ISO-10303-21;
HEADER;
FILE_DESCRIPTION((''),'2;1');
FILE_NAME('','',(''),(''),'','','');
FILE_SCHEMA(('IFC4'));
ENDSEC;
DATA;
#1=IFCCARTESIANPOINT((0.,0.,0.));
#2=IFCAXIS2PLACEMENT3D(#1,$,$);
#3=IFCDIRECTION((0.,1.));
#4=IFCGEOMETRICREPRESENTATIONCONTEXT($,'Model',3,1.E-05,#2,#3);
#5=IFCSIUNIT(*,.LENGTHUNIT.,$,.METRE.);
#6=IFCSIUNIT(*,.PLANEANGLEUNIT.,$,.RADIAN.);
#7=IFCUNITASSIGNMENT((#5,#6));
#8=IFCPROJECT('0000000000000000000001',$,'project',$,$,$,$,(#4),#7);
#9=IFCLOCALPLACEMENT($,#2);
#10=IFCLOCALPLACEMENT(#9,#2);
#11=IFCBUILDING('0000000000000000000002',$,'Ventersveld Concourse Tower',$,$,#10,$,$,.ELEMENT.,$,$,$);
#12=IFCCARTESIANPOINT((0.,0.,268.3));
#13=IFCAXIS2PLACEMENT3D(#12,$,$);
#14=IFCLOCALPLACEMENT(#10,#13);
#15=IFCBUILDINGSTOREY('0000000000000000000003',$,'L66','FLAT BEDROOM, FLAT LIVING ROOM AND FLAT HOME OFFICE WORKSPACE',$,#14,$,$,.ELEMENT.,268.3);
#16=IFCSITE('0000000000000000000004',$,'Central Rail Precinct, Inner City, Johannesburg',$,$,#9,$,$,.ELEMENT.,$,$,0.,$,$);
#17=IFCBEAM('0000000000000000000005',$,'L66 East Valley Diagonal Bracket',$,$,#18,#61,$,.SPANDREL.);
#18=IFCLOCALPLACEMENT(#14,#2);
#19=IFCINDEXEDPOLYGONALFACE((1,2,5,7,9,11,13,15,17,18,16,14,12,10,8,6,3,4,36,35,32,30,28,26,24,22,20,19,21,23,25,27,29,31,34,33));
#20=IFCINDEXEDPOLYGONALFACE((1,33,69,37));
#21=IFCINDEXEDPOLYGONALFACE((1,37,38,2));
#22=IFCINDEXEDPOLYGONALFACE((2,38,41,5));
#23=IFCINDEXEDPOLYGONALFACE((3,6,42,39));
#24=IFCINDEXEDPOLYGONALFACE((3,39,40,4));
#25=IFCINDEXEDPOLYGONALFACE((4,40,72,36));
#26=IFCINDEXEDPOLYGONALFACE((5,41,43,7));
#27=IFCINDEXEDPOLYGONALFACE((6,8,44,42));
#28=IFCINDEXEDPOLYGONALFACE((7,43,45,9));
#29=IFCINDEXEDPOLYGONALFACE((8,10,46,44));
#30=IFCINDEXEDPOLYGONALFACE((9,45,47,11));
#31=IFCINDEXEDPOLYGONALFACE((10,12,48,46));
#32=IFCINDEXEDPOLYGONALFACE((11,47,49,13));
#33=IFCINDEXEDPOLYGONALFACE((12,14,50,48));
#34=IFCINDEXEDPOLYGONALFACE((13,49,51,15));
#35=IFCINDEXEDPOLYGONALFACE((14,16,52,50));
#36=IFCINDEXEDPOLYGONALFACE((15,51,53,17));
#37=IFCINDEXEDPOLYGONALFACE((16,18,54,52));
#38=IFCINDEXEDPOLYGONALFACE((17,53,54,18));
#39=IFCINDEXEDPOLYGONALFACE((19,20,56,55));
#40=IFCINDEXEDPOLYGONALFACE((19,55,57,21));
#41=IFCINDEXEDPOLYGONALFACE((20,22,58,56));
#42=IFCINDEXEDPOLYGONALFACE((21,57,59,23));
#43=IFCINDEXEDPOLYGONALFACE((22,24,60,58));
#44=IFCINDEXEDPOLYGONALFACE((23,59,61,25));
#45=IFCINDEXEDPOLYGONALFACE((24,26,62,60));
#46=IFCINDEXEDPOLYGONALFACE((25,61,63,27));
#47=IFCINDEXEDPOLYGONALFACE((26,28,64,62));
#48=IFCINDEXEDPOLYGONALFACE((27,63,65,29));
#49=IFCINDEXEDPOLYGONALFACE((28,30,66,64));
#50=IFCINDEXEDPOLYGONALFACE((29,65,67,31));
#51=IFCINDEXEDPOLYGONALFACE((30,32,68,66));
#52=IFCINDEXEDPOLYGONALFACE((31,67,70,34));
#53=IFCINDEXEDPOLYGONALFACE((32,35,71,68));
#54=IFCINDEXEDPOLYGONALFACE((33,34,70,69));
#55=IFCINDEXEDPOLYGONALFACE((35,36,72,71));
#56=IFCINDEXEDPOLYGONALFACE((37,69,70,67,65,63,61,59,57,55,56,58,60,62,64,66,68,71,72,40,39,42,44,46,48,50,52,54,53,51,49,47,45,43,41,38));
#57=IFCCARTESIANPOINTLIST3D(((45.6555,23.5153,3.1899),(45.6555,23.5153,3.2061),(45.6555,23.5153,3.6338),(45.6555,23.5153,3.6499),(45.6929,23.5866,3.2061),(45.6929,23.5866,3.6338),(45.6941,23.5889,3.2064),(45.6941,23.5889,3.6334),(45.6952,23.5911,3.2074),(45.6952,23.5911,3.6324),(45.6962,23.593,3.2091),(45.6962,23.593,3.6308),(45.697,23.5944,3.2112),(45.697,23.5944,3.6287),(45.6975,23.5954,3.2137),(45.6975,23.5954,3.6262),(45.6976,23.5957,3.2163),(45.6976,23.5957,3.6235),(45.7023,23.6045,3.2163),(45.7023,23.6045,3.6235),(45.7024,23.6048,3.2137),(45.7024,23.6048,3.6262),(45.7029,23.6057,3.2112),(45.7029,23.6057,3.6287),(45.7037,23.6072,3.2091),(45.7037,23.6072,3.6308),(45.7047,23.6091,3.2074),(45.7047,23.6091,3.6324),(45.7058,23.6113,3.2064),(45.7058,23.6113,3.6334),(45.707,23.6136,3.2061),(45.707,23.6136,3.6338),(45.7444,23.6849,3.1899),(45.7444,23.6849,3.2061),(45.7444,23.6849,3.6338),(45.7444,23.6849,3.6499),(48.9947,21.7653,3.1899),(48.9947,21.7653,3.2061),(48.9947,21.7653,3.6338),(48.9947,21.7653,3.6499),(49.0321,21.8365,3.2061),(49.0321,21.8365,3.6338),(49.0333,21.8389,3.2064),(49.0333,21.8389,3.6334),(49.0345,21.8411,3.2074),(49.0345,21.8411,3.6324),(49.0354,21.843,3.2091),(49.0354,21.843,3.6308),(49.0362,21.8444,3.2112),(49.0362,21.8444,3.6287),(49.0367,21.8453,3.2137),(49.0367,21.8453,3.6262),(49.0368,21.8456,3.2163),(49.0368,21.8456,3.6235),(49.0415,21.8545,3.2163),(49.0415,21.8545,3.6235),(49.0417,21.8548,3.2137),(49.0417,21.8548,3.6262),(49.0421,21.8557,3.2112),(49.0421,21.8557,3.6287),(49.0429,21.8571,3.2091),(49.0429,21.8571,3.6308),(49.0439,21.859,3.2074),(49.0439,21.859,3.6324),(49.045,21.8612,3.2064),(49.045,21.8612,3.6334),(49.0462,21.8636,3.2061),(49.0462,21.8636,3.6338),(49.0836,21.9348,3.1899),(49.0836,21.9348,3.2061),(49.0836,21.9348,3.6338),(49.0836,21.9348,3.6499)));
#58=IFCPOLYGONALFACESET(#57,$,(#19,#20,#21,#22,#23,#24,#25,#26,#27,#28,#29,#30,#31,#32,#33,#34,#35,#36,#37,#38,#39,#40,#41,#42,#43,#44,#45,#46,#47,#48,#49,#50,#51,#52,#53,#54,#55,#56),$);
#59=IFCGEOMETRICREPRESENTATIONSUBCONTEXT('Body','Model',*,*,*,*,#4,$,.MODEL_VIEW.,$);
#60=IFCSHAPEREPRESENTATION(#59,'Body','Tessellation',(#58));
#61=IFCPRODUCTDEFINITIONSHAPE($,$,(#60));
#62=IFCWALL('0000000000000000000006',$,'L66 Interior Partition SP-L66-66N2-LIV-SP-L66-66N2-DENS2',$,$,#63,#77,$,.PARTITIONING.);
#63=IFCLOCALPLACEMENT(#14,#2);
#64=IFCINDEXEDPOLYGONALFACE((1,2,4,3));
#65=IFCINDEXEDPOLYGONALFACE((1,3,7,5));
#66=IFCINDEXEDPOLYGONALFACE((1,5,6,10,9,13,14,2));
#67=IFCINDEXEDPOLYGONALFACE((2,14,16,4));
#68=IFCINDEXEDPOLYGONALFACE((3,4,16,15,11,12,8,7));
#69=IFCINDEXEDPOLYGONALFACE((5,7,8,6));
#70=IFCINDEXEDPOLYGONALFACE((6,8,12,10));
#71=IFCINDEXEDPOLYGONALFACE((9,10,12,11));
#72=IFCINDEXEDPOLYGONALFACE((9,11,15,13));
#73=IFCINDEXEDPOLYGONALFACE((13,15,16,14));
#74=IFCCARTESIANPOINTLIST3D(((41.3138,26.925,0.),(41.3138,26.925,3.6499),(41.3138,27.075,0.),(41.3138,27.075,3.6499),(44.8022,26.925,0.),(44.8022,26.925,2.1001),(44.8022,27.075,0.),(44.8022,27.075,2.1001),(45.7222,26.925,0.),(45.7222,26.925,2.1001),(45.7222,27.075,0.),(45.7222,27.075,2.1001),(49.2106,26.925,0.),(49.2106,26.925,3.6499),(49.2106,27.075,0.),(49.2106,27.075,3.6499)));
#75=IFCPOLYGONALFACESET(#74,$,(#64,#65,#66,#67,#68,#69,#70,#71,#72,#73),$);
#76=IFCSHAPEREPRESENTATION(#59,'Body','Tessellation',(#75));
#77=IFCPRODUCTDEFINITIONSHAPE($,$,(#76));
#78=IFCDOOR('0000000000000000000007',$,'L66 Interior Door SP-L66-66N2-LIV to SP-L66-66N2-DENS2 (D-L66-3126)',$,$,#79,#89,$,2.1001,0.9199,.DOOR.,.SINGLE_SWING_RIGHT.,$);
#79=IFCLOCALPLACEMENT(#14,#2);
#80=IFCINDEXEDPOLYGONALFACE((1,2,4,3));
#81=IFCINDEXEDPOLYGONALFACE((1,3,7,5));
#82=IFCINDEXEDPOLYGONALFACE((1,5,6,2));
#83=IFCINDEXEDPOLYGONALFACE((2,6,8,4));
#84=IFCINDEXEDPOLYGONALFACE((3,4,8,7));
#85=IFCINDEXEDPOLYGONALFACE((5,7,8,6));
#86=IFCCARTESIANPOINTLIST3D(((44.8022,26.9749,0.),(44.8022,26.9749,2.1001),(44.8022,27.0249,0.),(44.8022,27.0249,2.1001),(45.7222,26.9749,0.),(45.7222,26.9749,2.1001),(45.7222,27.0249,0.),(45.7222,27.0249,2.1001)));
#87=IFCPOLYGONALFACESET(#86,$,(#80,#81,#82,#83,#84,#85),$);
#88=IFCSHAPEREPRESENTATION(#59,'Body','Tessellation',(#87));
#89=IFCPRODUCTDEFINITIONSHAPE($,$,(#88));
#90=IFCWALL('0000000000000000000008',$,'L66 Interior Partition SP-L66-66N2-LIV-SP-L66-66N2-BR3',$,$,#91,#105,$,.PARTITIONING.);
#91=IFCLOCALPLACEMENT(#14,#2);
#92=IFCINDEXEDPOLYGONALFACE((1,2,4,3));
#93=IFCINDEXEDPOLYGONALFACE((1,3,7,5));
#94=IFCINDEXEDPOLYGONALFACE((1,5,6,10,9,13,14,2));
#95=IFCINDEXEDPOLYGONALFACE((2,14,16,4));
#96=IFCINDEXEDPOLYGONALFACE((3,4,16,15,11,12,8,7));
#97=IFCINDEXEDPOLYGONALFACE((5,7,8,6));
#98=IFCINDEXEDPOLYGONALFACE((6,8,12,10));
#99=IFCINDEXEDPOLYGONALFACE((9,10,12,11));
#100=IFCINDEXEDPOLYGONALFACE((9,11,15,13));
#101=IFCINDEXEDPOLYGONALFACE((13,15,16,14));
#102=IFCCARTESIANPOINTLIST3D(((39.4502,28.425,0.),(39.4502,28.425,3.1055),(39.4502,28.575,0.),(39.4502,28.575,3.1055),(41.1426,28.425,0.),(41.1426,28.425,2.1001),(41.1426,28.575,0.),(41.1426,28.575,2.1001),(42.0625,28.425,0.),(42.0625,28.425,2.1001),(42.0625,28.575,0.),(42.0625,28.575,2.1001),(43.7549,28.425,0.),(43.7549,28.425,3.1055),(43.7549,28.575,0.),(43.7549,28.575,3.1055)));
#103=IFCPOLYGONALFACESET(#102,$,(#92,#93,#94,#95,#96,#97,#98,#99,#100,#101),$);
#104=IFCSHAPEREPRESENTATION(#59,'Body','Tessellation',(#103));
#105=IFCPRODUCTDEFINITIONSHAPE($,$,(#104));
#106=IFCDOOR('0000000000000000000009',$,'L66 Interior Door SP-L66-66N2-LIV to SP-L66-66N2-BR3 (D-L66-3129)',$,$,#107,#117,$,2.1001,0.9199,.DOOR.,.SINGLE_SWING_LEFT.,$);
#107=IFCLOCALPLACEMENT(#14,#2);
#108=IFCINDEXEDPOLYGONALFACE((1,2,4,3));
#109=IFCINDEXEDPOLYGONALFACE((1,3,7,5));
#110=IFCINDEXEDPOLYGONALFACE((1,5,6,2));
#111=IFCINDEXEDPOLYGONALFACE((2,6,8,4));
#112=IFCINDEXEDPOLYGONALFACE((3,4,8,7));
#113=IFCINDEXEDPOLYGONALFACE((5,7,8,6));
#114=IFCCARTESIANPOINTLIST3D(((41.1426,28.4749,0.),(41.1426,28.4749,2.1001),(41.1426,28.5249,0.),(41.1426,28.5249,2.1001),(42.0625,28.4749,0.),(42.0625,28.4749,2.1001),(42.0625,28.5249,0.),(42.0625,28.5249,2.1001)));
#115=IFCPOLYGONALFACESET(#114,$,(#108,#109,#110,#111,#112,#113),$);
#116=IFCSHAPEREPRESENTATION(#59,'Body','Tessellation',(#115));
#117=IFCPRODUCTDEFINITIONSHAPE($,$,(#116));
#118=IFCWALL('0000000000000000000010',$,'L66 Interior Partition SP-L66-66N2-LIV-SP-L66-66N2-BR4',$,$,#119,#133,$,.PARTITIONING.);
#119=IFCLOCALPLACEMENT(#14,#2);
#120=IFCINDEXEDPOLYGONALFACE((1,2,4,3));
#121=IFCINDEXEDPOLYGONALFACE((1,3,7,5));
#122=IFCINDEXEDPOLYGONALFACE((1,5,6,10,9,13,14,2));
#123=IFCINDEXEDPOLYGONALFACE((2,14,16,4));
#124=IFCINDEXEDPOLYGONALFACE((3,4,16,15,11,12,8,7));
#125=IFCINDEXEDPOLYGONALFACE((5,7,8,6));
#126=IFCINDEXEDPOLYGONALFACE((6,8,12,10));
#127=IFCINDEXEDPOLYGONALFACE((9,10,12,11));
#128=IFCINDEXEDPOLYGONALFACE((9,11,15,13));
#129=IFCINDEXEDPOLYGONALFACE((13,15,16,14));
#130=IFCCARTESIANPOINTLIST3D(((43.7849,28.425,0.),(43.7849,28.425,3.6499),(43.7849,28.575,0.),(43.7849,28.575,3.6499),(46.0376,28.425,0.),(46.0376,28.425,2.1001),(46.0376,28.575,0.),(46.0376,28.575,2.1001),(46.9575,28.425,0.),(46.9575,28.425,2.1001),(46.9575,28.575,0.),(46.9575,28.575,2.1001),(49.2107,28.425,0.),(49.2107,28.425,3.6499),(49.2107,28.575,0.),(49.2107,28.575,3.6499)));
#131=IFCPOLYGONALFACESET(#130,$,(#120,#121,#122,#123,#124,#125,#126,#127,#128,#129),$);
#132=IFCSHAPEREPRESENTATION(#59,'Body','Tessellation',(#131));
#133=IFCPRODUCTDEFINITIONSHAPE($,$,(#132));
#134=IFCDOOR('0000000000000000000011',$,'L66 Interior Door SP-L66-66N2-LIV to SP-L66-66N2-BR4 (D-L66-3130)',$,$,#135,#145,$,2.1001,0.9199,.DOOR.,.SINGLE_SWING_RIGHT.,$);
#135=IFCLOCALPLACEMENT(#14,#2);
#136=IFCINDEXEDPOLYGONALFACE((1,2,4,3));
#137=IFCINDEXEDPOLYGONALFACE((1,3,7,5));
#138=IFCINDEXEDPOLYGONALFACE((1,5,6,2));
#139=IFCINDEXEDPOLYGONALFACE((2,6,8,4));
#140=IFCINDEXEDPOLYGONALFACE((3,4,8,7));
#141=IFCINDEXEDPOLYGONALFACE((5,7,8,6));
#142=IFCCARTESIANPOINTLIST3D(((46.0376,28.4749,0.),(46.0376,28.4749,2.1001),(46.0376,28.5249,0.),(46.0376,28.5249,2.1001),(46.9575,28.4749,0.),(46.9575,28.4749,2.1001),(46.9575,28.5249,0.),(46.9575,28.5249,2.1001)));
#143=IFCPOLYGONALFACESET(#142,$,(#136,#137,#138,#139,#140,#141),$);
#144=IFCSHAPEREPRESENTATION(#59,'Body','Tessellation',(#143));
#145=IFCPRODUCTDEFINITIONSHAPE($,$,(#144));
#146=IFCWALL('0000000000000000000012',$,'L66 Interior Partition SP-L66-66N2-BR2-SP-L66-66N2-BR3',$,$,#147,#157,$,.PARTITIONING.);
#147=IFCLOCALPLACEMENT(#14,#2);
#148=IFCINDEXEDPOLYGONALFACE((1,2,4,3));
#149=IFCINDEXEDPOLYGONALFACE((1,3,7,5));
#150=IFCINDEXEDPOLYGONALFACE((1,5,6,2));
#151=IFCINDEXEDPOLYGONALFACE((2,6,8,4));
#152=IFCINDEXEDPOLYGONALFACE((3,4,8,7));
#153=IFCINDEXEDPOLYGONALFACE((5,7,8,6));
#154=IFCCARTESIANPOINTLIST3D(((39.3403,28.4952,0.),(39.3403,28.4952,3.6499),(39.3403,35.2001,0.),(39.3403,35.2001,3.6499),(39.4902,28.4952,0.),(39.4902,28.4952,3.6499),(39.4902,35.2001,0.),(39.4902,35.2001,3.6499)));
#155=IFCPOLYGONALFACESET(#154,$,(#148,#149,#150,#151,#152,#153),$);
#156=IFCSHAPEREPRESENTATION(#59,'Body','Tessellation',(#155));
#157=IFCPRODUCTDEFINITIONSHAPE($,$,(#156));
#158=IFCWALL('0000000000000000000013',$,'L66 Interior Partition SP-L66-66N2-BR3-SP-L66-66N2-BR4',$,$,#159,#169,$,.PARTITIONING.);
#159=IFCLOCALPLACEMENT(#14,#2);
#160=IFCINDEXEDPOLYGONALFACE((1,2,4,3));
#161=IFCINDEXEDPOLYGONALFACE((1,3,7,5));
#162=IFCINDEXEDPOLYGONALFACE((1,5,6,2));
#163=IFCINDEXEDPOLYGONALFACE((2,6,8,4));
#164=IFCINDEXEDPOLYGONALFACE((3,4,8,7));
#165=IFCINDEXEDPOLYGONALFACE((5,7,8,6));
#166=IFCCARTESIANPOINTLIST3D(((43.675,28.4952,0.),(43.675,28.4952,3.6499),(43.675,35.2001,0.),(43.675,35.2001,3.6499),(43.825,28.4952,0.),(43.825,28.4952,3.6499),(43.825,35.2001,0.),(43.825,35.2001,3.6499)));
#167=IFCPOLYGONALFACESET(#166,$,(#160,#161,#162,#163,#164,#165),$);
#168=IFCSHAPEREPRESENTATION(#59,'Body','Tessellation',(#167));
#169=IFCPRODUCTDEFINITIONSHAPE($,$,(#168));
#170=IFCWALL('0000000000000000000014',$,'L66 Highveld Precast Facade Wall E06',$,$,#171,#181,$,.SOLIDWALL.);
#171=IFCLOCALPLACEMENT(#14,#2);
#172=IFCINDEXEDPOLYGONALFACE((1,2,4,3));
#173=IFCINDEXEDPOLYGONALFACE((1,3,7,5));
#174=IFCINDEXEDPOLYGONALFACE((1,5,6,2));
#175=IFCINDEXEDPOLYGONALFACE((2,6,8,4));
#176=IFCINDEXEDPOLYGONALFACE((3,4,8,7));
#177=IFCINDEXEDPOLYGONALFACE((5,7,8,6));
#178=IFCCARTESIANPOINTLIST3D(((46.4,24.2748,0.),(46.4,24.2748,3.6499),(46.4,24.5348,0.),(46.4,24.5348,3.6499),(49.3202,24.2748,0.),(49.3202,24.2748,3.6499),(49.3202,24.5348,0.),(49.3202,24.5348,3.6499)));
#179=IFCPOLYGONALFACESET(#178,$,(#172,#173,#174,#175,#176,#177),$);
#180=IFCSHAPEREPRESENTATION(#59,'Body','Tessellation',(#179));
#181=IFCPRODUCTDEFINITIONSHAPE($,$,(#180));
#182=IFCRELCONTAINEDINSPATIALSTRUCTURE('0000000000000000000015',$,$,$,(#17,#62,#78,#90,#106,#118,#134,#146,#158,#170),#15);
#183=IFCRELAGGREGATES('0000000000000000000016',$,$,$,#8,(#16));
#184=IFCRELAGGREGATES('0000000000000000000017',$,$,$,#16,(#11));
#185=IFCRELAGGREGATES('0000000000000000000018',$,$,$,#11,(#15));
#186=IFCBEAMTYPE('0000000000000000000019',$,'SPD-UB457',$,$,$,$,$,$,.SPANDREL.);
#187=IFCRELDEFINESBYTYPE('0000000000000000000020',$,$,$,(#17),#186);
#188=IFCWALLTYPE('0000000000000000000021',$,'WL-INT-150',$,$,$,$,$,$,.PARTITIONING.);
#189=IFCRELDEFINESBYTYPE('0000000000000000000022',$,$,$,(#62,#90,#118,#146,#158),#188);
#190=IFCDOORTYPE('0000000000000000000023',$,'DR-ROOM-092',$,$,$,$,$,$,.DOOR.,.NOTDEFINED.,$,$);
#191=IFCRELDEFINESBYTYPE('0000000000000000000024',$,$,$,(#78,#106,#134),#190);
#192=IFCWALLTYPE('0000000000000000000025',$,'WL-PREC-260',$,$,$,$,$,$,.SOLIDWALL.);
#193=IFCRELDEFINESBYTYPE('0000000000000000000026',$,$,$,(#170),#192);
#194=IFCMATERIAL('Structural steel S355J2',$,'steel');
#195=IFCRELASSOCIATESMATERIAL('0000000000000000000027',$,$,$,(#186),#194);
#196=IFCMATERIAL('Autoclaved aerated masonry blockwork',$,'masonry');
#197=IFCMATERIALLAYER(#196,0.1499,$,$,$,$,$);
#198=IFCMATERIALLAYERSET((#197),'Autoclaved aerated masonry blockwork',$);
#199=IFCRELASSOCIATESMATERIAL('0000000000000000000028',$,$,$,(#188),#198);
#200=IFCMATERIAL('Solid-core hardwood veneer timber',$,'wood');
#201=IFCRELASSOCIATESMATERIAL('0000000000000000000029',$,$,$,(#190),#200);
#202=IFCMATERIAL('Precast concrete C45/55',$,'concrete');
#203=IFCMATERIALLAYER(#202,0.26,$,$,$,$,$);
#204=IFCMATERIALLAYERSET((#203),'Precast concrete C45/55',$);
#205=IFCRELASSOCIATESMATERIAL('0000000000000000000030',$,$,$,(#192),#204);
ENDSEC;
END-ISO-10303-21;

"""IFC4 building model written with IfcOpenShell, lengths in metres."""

from ifc_helpers import new_model, si_unit, direction, frame, frame_2d, origin, origin_2d, place, context, subcontext, project, spatial, rectangle, i_section, extrude, material, layer, layer_set, material_profile, profile_set, type_object, element, fill, save


model = new_model("IFC4")

# Units and contexts
model_context = context("Model", 3, precision=1e-05, world=origin(), true_north=direction((0.0, 1.0)))
body_context = subcontext(model_context, "Body", "Model", "MODEL_VIEW")
ifc_project = project(units=[si_unit("LENGTHUNIT", "METRE"), si_unit("PLANEANGLEUNIT", "RADIAN")], contexts=[model_context])

# Site, building, storey
site_placement = place(None, origin())
site = spatial("IfcSite", under=ifc_project, at=site_placement, Name="Central Rail Precinct, Inner City, Johannesburg", CompositionType="ELEMENT", RefElevation=0.0)
building_placement = place(site_placement, origin())
building = spatial("IfcBuilding", under=site, at=building_placement, Name="Ventersveld Concourse Tower", CompositionType="ELEMENT")
storey_placement = place(building_placement, frame((0.0, 0.0, 268.3)))
storey = spatial("IfcBuildingStorey", under=building, at=storey_placement, Name="L66", Description="FLAT BEDROOM, FLAT LIVING ROOM AND FLAT HOME OFFICE WORKSPACE", CompositionType="ELEMENT", Elevation=268.3)

# Beam
ifc_material_1 = material(Name="Structural steel S355J2", Category="steel")
ifc_material_profile_1 = material_profile(ifc_material_1, i_section(OverallWidth=0.1914, OverallDepth=0.46, WebThickness=0.01, FlangeThickness=0.0161, FilletRadius=0.0103, at=origin_2d()), Name="UB 457x191x82")
ifc_profile_set_1 = profile_set([ifc_material_profile_1], Name="Structural steel S355J2")
beam_type_1 = type_object("IfcBeamType", Name="SPD-UB457", PredefinedType="SPANDREL", material=ifc_profile_set_1)
beam_1_placement = place(storey_placement, frame((45.7, 23.6001, 3.4199), z_axis=(0.885729, -0.464203, 0.0), x_axis=(0.464203, 0.885729, 0.0)))
element("IfcBeam", 1, at=beam_1_placement, inside=storey, type_object=beam_type_1, Name="L66 East Valley Diagonal Bracket", PredefinedType="SPANDREL", context=body_context, shape_type="SweptSolid", body=[
    extrude(i_section(OverallWidth=0.1914, OverallDepth=0.46, WebThickness=0.01, FlangeThickness=0.0161, FilletRadius=0.0103, at=origin_2d()), origin(), (0.0, 0.0, 1.0), 3.77),
])

# Walls, openings, doors
ifc_material_2 = material(Name="Autoclaved aerated masonry blockwork", Category="masonry")
ifc_layer_1 = layer(ifc_material_2, 0.1499)
ifc_layer_set_1 = layer_set([ifc_layer_1], Name="Autoclaved aerated masonry blockwork")
wall_type_1 = type_object("IfcWallType", Name="WL-INT-150", PredefinedType="PARTITIONING", material=ifc_layer_set_1)
wall_1_placement = place(storey_placement, frame((41.314, 27.0, 0.0), z_axis=(0.0, 0.0, 1.0), x_axis=(1.0, 0.0, 0.0)))
wall_1 = element("IfcWall", 2, at=wall_1_placement, inside=storey, type_object=wall_type_1, Name="L66 Interior Partition SP-L66-66N2-LIV-SP-L66-66N2-DENS2", PredefinedType="PARTITIONING", context=body_context, shape_type="SweptSolid", body=[
    extrude(rectangle(XDim=7.8967, YDim=0.1499, at=frame_2d((3.9482, 0.0))), origin(), (0.0, 0.0, 1.0), 3.6499),
])
opening_1_placement = place(wall_1_placement, frame((3.4883, 0.0, 0.0)))
opening_1 = element("IfcOpeningElement", 3, at=opening_1_placement, cuts=wall_1, PredefinedType="OPENING", context=body_context, shape_type="SweptSolid", body=[
    extrude(rectangle(XDim=0.9199, YDim=2.1001, at=frame_2d((0.46, 1.05))), frame((0.0, 0.085, 0.0), z_axis=(0.0, -1.0, 0.0), x_axis=(1.0, 0.0, 0.0)), (0.0, 0.0, 1.0), 0.1699),
])
ifc_material_3 = material(Name="Solid-core hardwood veneer timber", Category="wood")
door_type = type_object("IfcDoorType", Name="DR-ROOM-092", OperationType="NOTDEFINED", PredefinedType="DOOR", material=ifc_material_3)
door_1_placement = place(opening_1_placement, origin())
door_1 = element("IfcDoor", 4, at=door_1_placement, inside=storey, type_object=door_type, Name="L66 Interior Door SP-L66-66N2-LIV to SP-L66-66N2-DENS2 (D-L66-3126)", OperationType="SINGLE_SWING_RIGHT", OverallHeight=2.1001, OverallWidth=0.9199, PredefinedType="DOOR", context=body_context, shape_type="SweptSolid", body=[
    extrude(rectangle(XDim=0.9199, YDim=2.1001, at=frame_2d((0.46, 1.05))), frame((0.0, 0.0249, 0.0), z_axis=(0.0, -1.0, 0.0), x_axis=(1.0, 0.0, 0.0)), (0.0, 0.0, 1.0), 0.05),
])
fill(opening_1, door_1)
wall_2_placement = place(storey_placement, frame((39.4502, 28.5, 0.0), z_axis=(0.0, 0.0, 1.0), x_axis=(1.0, 0.0, 0.0)))
wall_2 = element("IfcWall", 5, at=wall_2_placement, inside=storey, type_object=wall_type_1, Name="L66 Interior Partition SP-L66-66N2-LIV-SP-L66-66N2-BR3", PredefinedType="PARTITIONING", context=body_context, shape_type="SweptSolid", body=[
    extrude(rectangle(XDim=4.3047, YDim=0.1499, at=frame_2d((2.1523, 0.0))), origin(), (0.0, 0.0, 1.0), 3.1055),
])
opening_2_placement = place(wall_2_placement, frame((1.6924, 0.0, 0.0)))
opening_2 = element("IfcOpeningElement", 6, at=opening_2_placement, cuts=wall_2, PredefinedType="OPENING", context=body_context, shape_type="SweptSolid", body=[
    extrude(rectangle(XDim=0.9199, YDim=2.1001, at=frame_2d((0.46, 1.05))), frame((0.0, 0.085, 0.0), z_axis=(0.0, -1.0, 0.0), x_axis=(1.0, 0.0, 0.0)), (0.0, 0.0, 1.0), 0.1699),
])
door_2_placement = place(opening_2_placement, origin())
door_2 = element("IfcDoor", 7, at=door_2_placement, inside=storey, type_object=door_type, Name="L66 Interior Door SP-L66-66N2-LIV to SP-L66-66N2-BR3 (D-L66-3129)", OperationType="SINGLE_SWING_LEFT", OverallHeight=2.1001, OverallWidth=0.9199, PredefinedType="DOOR", context=body_context, shape_type="SweptSolid", body=[
    extrude(rectangle(XDim=0.9199, YDim=2.1001, at=frame_2d((0.46, 1.05))), frame((0.0, 0.0249, 0.0), z_axis=(0.0, -1.0, 0.0), x_axis=(1.0, 0.0, 0.0)), (0.0, 0.0, 1.0), 0.05),
])
fill(opening_2, door_2)
wall_3_placement = place(storey_placement, frame((43.7849, 28.5, 0.0), z_axis=(0.0, 0.0, 1.0), x_axis=(1.0, 0.0, 0.0)))
wall_3 = element("IfcWall", 8, at=wall_3_placement, inside=storey, type_object=wall_type_1, Name="L66 Interior Partition SP-L66-66N2-LIV-SP-L66-66N2-BR4", PredefinedType="PARTITIONING", context=body_context, shape_type="SweptSolid", body=[
    extrude(rectangle(XDim=5.4258, YDim=0.1499, at=frame_2d((2.7129, 0.0))), origin(), (0.0, 0.0, 1.0), 3.6499),
])
opening_3_placement = place(wall_3_placement, frame((2.2527, 0.0, 0.0)))
opening_3 = element("IfcOpeningElement", 9, at=opening_3_placement, cuts=wall_3, PredefinedType="OPENING", context=body_context, shape_type="SweptSolid", body=[
    extrude(rectangle(XDim=0.9199, YDim=2.1001, at=frame_2d((0.46, 1.05))), frame((0.0, 0.085, 0.0), z_axis=(0.0, -1.0, 0.0), x_axis=(1.0, 0.0, 0.0)), (0.0, 0.0, 1.0), 0.1699),
])
door_3_placement = place(opening_3_placement, origin())
door_3 = element("IfcDoor", 10, at=door_3_placement, inside=storey, type_object=door_type, Name="L66 Interior Door SP-L66-66N2-LIV to SP-L66-66N2-BR4 (D-L66-3130)", OperationType="SINGLE_SWING_RIGHT", OverallHeight=2.1001, OverallWidth=0.9199, PredefinedType="DOOR", context=body_context, shape_type="SweptSolid", body=[
    extrude(rectangle(XDim=0.9199, YDim=2.1001, at=frame_2d((0.46, 1.05))), frame((0.0, 0.0249, 0.0), z_axis=(0.0, -1.0, 0.0), x_axis=(1.0, 0.0, 0.0)), (0.0, 0.0, 1.0), 0.05),
])
fill(opening_3, door_3)

# Walls
for number, where, z_axis, x_axis, name in (
    (11, (39.4153, 28.4951, 0.0), (0.0, 0.0, 1.0), (0.0, 1.0, 0.0), "L66 Interior Partition SP-L66-66N2-BR2-SP-L66-66N2-BR3"),
    (12, (43.75, 28.4951, 0.0), (0.0, 0.0, 1.0), (0.0, 1.0, 0.0), "L66 Interior Partition SP-L66-66N2-BR3-SP-L66-66N2-BR4"),
):
    element("IfcWall", number, at=place(storey_placement, frame(where, z_axis=z_axis, x_axis=x_axis)), inside=storey, type_object=wall_type_1, Name=name, PredefinedType="PARTITIONING", context=body_context, shape_type="SweptSolid", body=[
        extrude(rectangle(XDim=6.7048, YDim=0.1499, at=frame_2d((3.3525, 0.0))), origin(), (0.0, 0.0, 1.0), 3.6499),
    ])
ifc_material_4 = material(Name="Precast concrete C45/55", Category="concrete")
ifc_layer_2 = layer(ifc_material_4, 0.26)
ifc_layer_set_2 = layer_set([ifc_layer_2], Name="Precast concrete C45/55")
wall_type_2 = type_object("IfcWallType", Name="WL-PREC-260", PredefinedType="SOLIDWALL", material=ifc_layer_set_2)
wall_4_placement = place(storey_placement, frame((46.4001, 24.4048, 0.0), z_axis=(0.0, 0.0, 1.0), x_axis=(1.0, 0.0, 0.0)))
element("IfcWall", 13, at=wall_4_placement, inside=storey, type_object=wall_type_2, Name="L66 Highveld Precast Facade Wall E06", PredefinedType="SOLIDWALL", context=body_context, shape_type="SweptSolid", body=[
    extrude(rectangle(XDim=2.9202, YDim=0.26, at=frame_2d((1.46, 0.0))), origin(), (0.0, 0.0, 1.0), 3.6499),
])

save(model, "model.ifc")
